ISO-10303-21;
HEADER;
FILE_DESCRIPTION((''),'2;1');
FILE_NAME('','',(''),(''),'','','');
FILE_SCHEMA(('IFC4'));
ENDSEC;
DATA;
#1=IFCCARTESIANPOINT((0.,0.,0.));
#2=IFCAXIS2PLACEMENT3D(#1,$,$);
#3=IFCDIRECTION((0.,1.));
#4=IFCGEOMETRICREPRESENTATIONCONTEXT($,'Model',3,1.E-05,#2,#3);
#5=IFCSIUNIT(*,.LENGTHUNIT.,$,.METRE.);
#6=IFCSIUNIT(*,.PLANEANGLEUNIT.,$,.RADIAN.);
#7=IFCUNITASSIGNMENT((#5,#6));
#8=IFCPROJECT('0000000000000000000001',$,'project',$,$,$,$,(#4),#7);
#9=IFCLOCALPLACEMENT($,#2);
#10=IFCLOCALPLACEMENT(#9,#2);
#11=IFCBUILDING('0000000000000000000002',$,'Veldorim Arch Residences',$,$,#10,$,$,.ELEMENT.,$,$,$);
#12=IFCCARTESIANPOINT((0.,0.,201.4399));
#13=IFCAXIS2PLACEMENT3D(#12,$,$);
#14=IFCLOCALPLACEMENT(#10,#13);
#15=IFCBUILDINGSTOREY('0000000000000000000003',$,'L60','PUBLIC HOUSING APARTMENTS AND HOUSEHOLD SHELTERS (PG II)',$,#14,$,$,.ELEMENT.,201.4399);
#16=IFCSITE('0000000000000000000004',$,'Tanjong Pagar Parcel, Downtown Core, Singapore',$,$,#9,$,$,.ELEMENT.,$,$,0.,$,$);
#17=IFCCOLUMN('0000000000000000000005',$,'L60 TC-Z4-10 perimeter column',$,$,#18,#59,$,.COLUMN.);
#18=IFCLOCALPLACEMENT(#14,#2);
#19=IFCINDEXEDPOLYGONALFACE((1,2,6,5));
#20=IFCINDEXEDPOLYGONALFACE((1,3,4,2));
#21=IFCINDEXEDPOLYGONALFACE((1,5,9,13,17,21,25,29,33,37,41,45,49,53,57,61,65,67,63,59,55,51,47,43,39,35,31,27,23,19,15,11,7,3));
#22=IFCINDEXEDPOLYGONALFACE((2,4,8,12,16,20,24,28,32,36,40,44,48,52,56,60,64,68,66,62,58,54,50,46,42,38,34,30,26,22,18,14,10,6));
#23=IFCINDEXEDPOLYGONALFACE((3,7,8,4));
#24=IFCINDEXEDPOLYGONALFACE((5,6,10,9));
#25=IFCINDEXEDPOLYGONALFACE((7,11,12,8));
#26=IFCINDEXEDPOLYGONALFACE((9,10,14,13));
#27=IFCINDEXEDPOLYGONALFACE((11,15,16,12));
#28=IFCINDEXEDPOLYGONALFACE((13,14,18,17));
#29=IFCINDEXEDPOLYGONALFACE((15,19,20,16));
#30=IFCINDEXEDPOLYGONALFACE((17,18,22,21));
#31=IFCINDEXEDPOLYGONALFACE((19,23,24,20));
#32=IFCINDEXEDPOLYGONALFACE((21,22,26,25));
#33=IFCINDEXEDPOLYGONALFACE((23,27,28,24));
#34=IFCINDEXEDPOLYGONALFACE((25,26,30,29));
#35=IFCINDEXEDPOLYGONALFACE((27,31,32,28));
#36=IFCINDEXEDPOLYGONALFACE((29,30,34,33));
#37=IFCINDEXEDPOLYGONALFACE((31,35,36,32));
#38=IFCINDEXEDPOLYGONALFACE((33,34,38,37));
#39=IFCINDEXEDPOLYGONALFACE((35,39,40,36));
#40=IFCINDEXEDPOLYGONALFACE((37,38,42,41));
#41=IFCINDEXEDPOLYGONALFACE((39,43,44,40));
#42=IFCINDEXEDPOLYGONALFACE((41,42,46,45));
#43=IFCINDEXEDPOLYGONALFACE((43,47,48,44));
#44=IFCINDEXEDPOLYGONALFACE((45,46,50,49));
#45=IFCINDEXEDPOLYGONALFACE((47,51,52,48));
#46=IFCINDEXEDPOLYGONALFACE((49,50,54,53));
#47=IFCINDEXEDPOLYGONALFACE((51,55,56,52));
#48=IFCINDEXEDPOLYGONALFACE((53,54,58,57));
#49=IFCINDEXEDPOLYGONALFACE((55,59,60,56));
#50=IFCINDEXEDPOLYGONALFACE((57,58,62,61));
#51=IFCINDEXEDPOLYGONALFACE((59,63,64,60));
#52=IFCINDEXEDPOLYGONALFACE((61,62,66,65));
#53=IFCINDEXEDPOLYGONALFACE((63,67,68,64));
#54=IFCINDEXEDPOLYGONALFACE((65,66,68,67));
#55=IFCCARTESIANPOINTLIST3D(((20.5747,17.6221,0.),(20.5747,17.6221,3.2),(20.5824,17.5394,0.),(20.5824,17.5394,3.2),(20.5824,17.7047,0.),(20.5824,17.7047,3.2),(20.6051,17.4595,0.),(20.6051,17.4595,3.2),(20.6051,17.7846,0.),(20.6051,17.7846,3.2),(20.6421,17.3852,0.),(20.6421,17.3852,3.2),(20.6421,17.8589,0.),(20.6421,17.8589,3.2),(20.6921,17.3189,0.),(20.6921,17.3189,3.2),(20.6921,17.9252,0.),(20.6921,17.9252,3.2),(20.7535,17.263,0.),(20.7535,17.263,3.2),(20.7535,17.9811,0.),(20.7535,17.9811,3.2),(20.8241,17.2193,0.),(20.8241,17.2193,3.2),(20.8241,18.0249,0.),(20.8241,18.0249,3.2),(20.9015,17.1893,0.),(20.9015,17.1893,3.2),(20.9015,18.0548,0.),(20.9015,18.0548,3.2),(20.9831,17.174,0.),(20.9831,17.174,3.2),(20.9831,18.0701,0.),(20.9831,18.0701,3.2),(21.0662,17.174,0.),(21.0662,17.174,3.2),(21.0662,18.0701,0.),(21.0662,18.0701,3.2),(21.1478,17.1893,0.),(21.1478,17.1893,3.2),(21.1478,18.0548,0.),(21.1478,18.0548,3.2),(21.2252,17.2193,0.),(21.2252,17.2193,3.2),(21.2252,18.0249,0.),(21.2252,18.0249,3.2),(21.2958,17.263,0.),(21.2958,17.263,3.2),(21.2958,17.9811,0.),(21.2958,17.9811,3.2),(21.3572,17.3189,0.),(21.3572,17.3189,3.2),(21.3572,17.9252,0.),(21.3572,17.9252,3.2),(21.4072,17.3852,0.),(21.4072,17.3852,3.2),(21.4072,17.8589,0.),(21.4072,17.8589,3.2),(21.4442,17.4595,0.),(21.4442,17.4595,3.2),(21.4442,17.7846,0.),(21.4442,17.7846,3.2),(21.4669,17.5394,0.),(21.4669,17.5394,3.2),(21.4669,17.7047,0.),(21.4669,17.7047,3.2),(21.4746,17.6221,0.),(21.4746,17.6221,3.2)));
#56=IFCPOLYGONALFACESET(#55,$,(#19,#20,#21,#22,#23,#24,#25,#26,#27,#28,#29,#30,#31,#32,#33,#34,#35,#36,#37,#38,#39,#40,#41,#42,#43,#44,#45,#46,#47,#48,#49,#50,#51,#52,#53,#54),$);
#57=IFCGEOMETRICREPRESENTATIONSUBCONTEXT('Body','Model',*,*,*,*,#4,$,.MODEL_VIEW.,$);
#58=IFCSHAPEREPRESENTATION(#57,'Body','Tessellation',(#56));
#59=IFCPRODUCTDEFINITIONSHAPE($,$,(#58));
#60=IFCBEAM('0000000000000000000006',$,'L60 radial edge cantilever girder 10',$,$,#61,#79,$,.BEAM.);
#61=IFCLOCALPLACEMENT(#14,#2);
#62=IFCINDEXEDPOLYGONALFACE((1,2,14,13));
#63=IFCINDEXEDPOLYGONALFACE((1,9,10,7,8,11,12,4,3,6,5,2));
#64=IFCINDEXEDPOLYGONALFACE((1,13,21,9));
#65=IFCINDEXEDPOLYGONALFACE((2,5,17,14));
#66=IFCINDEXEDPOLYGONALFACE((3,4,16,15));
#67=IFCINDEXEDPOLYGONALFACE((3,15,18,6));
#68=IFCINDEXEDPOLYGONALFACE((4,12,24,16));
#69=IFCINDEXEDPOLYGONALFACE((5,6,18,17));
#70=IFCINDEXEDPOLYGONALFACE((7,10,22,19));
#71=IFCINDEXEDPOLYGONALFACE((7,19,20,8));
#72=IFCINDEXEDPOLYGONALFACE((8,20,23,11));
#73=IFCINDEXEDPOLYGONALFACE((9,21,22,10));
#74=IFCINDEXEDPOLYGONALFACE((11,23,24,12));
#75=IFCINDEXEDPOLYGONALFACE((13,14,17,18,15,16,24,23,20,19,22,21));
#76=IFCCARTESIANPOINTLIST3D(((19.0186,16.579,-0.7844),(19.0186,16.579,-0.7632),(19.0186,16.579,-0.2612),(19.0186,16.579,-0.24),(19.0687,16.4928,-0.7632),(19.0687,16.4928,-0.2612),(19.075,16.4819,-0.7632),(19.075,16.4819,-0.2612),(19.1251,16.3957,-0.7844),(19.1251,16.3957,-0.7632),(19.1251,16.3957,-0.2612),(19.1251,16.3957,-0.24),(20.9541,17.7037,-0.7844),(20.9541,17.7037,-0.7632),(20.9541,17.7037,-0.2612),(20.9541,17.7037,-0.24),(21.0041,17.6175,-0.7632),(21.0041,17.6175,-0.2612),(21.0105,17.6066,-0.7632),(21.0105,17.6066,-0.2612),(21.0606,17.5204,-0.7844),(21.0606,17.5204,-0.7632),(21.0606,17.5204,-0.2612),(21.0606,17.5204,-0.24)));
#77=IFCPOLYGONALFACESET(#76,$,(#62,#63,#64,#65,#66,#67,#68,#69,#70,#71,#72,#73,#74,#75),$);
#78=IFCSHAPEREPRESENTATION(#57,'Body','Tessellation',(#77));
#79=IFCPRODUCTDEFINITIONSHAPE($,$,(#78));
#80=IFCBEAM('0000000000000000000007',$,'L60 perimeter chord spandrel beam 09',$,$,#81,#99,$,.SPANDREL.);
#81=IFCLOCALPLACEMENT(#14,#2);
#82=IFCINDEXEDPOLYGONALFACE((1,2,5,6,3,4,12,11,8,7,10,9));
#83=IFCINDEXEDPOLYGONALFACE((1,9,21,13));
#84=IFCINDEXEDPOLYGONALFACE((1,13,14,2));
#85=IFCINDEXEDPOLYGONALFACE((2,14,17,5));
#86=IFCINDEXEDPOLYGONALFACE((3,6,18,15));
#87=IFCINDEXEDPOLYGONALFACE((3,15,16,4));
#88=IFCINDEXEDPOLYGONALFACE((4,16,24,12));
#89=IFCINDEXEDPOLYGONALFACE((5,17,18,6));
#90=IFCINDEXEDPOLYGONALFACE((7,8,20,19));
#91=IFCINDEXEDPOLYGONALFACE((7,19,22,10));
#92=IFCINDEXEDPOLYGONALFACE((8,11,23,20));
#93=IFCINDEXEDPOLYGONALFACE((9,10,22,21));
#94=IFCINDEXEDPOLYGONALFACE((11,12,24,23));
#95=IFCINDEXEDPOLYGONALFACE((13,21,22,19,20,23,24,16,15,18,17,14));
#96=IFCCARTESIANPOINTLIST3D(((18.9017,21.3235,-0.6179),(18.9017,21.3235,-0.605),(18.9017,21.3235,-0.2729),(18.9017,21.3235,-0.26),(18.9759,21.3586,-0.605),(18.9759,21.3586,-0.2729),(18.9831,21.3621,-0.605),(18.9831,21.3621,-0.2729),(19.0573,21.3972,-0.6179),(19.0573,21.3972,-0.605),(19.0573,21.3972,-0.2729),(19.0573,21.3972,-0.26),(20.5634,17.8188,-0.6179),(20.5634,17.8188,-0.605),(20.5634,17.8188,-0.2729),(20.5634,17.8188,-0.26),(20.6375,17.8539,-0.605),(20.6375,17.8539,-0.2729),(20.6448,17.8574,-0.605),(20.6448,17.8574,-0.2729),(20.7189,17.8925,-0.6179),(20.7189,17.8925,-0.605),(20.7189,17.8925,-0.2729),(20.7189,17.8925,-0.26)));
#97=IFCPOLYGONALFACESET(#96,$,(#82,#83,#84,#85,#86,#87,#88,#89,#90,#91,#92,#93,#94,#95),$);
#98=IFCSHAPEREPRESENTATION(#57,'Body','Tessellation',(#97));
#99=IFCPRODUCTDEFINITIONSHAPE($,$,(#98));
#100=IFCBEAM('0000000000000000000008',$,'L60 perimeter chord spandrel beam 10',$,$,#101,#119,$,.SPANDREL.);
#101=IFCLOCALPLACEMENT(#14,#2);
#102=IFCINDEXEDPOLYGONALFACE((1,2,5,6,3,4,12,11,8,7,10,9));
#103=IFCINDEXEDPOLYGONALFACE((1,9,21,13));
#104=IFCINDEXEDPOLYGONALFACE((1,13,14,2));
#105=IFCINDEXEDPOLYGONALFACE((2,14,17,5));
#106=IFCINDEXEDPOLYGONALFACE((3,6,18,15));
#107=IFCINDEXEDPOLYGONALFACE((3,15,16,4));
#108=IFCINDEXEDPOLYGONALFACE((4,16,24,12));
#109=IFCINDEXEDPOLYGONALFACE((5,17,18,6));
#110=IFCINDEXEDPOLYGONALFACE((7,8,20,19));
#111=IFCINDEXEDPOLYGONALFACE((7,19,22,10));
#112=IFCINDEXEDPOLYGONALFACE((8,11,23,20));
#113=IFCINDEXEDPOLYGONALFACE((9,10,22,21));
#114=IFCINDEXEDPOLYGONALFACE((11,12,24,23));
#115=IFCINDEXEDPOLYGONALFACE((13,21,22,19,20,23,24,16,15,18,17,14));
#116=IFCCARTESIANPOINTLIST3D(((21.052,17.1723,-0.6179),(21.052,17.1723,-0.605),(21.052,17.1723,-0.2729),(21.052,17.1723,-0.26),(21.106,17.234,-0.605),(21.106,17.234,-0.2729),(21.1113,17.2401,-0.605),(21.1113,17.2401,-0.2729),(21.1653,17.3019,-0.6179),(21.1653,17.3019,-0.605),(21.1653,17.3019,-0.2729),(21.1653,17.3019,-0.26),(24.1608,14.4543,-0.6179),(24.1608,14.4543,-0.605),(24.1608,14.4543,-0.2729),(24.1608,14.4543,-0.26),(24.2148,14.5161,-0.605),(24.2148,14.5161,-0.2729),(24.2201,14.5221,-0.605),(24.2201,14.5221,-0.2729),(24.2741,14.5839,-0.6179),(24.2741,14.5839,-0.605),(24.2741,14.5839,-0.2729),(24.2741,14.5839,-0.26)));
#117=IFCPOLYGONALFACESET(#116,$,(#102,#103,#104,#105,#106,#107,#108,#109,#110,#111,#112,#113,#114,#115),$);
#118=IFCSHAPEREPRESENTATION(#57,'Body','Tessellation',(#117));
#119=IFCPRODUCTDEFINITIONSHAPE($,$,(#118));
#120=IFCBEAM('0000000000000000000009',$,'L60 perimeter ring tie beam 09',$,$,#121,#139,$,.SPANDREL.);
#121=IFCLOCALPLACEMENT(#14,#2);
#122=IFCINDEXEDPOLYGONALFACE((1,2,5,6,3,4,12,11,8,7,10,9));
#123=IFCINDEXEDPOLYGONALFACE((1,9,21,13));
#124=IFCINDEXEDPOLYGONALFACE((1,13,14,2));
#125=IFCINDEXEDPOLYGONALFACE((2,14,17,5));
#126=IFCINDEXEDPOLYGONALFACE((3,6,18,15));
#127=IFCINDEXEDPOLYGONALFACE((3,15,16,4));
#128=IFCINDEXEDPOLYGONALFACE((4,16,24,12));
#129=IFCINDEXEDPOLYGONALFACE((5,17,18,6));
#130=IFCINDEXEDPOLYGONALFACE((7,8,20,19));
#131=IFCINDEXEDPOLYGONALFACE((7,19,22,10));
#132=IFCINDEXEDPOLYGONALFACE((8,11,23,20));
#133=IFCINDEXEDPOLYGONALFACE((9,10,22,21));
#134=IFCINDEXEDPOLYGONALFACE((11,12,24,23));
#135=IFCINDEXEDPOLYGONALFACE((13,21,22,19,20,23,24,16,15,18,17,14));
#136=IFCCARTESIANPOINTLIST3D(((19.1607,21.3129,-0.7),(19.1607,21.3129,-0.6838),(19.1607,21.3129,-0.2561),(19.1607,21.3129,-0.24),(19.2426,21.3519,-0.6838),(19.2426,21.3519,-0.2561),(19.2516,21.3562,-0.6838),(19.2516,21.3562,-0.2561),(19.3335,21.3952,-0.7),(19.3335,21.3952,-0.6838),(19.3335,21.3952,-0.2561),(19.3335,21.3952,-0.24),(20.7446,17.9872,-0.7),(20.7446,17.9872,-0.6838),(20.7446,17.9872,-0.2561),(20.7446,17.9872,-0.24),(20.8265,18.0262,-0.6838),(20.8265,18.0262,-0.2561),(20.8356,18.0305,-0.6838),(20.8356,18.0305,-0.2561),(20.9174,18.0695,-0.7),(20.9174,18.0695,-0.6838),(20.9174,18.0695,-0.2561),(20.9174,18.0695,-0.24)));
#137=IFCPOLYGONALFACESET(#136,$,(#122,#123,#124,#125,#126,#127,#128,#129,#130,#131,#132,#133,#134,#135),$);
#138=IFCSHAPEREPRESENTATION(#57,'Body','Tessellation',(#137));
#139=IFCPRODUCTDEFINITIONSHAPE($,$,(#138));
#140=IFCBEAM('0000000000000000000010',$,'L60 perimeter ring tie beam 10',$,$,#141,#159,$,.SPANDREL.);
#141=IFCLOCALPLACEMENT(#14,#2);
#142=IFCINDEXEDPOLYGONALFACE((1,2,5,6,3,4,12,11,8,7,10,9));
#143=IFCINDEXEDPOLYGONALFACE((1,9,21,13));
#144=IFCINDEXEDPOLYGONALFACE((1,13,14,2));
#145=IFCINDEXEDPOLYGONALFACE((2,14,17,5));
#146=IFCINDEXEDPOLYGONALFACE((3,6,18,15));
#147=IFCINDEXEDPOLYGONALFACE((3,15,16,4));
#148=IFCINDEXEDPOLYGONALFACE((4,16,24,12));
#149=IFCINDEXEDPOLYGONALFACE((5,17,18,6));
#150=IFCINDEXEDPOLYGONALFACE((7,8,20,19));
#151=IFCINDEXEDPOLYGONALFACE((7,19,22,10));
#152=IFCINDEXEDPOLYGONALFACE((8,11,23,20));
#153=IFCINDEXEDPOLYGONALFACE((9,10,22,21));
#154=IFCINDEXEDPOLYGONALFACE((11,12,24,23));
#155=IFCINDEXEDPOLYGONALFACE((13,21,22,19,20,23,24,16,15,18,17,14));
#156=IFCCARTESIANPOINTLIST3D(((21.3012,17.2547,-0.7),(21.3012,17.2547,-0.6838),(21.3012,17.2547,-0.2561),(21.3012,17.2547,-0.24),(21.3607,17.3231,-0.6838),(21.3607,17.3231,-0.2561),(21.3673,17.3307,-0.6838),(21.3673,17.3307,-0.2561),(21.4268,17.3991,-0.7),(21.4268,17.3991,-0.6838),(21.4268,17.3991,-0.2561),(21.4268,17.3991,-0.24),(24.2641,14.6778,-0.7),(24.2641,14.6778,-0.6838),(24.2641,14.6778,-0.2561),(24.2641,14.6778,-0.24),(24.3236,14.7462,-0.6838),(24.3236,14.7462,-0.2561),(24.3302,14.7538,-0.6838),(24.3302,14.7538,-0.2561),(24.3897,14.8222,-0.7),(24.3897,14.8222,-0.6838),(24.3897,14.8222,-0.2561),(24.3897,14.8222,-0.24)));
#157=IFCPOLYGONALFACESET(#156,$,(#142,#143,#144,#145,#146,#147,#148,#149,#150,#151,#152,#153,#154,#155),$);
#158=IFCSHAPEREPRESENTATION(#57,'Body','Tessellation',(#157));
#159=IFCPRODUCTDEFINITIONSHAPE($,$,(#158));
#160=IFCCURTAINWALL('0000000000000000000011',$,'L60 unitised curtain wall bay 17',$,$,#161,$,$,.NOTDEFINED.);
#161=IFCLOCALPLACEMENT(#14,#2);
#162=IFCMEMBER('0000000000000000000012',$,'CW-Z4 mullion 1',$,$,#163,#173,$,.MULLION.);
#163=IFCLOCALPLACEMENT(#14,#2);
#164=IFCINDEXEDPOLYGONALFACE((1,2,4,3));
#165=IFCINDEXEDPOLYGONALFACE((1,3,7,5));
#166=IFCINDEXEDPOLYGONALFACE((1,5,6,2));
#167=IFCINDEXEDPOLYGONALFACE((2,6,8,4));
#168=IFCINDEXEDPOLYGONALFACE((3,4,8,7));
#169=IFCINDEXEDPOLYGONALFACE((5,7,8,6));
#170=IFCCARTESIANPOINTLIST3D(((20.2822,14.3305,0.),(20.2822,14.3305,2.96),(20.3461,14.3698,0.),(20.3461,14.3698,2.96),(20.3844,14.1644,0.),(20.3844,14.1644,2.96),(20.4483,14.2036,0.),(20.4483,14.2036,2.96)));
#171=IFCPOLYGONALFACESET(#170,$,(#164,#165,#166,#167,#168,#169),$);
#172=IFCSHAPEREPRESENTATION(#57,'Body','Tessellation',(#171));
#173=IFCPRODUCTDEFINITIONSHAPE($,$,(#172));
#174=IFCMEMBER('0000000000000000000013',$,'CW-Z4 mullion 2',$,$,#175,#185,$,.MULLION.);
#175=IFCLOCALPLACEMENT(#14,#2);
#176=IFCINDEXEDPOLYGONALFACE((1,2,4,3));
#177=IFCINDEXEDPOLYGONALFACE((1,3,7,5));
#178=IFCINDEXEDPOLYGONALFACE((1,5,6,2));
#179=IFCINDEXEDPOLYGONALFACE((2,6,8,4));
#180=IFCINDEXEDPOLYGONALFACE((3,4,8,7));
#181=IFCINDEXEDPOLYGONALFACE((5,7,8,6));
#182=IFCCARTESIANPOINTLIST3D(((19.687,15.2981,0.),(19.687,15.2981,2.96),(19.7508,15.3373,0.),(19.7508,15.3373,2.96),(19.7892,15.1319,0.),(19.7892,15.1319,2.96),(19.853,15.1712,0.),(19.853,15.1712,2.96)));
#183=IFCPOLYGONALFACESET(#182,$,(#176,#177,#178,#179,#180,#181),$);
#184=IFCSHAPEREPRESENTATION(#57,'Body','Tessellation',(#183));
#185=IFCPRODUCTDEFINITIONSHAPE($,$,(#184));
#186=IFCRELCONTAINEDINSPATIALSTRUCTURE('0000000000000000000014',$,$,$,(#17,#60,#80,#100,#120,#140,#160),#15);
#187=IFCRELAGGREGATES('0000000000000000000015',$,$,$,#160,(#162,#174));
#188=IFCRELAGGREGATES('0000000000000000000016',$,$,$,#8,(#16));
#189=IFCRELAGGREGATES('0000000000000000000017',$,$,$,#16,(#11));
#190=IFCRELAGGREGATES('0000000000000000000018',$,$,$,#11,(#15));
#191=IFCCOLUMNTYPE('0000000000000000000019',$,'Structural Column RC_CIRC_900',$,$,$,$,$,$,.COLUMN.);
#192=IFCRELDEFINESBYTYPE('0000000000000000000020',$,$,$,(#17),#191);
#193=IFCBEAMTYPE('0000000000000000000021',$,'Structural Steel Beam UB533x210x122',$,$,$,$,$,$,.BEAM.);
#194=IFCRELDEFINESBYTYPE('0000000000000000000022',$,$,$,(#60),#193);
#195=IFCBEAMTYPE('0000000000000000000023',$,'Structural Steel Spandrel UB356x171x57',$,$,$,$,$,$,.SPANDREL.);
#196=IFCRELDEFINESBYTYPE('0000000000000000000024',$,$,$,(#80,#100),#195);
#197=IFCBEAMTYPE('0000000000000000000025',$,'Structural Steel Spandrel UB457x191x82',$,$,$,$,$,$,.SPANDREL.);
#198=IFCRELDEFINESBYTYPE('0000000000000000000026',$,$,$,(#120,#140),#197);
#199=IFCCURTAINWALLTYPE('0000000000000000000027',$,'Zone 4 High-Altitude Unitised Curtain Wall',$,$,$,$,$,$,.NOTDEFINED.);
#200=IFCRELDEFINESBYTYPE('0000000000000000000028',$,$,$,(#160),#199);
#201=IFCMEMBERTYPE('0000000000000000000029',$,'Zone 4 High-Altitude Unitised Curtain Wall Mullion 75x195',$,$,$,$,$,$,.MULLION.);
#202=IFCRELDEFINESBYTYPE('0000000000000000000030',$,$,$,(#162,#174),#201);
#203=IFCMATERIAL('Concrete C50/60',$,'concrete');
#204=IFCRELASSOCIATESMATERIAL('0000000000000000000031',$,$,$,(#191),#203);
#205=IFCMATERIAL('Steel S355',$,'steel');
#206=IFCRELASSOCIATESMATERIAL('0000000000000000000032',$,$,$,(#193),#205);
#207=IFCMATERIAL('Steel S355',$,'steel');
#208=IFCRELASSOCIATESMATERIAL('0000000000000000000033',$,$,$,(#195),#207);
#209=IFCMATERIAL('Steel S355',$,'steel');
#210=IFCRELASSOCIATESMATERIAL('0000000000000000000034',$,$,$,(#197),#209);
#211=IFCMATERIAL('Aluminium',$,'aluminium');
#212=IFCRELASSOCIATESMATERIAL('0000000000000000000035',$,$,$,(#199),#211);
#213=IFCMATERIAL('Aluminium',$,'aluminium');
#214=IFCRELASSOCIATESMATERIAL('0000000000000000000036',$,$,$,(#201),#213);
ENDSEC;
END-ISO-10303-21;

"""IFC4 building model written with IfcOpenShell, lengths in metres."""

from ifc_helpers import new_model, si_unit, direction, frame, origin, origin_2d, place, context, subcontext, project, spatial, rectangle, circle, i_section, extrude, material, material_profile, profile_set, type_object, element, aggregate, save


model = new_model("IFC4")

# Units and contexts
model_context = context("Model", 3, precision=1e-05, world=origin(), true_north=direction((0.0, 1.0)))
body_context = subcontext(model_context, "Body", "Model", "MODEL_VIEW")
ifc_project = project(units=[si_unit("LENGTHUNIT", "METRE"), si_unit("PLANEANGLEUNIT", "RADIAN")], contexts=[model_context])

# Site, building, storey
site_placement = place(None, origin())
site = spatial("IfcSite", under=ifc_project, at=site_placement, Name="Tanjong Pagar Parcel, Downtown Core, Singapore", CompositionType="ELEMENT", RefElevation=0.0)
building_placement = place(site_placement, origin())
building = spatial("IfcBuilding", under=site, at=building_placement, Name="Veldorim Arch Residences", CompositionType="ELEMENT")
storey_placement = place(building_placement, frame((0.0, 0.0, 201.4399)))
storey = spatial("IfcBuildingStorey", under=building, at=storey_placement, Name="L60", Description="PUBLIC HOUSING APARTMENTS AND HOUSEHOLD SHELTERS (PG II)", CompositionType="ELEMENT", Elevation=201.4399)

# Column
ifc_material_1 = material(Name="Concrete C50/60", Category="concrete")
ifc_material_profile_1 = material_profile(ifc_material_1, circle(Radius=0.45, at=origin_2d()), Name="RC_CIRC_900")
ifc_profile_set_1 = profile_set([ifc_material_profile_1], Name="Concrete C50/60")
column_type = type_object("IfcColumnType", Name="Structural Column RC_CIRC_900", PredefinedType="COLUMN", material=ifc_profile_set_1)
column_placement = place(storey_placement, frame((21.0247, 17.6221, 0.0), z_axis=(0.0, 0.0, 1.0), x_axis=(1.0, 0.0, 0.0)))
element("IfcColumn", 1, at=column_placement, inside=storey, type_object=column_type, Name="L60 TC-Z4-10 perimeter column", PredefinedType="COLUMN", context=body_context, shape_type="SweptSolid", body=[
    extrude(circle(Radius=0.45, at=origin_2d()), origin(), (0.0, 0.0, 1.0), 3.2),
])

# Beams
ifc_material_2 = material(Name="Steel S355", Category="steel")
ifc_material_profile_2 = material_profile(ifc_material_2, i_section(OverallWidth=0.2119, OverallDepth=0.5444, WebThickness=0.0127, FlangeThickness=0.0212, at=origin_2d()), Name="UB533x210x122")
ifc_profile_set_2 = profile_set([ifc_material_profile_2], Name="Steel S355")
beam_type_1 = type_object("IfcBeamType", Name="Structural Steel Beam UB533x210x122", PredefinedType="BEAM", material=ifc_profile_set_2)
beam_1_placement = place(storey_placement, frame((21.0073, 17.6121, -0.5122), z_axis=(-0.864616, -0.502433, 0.0), x_axis=(0.502433, -0.864616, 0.0)))
element("IfcBeam", 2, at=beam_1_placement, inside=storey, type_object=beam_type_1, Name="L60 radial edge cantilever girder 10", PredefinedType="BEAM", context=body_context, shape_type="SweptSolid", body=[
    extrude(i_section(OverallWidth=0.2119, OverallDepth=0.5444, WebThickness=0.0127, FlangeThickness=0.0212, at=origin_2d()), origin(), (0.0, 0.0, 1.0), 2.2385),
])
ifc_material_3 = material(Name="Steel S355", Category="steel")
ifc_material_profile_3 = material_profile(ifc_material_3, i_section(OverallWidth=0.1721, OverallDepth=0.3579, WebThickness=0.0081, FlangeThickness=0.0129, at=origin_2d()), Name="UB356x171x57")
ifc_profile_set_3 = profile_set([ifc_material_profile_3], Name="Steel S355")
beam_type_2 = type_object("IfcBeamType", Name="Structural Steel Spandrel UB356x171x57", PredefinedType="SPANDREL", material=ifc_profile_set_3)
beam_2_placement = place(storey_placement, frame((18.9795, 21.3604, -0.439), z_axis=(0.428408, -0.903585, 0.0), x_axis=(0.903585, 0.428408, 0.0)))
element("IfcBeam", 3, at=beam_2_placement, inside=storey, type_object=beam_type_2, Name="L60 perimeter chord spandrel beam 09", PredefinedType="SPANDREL", context=body_context, shape_type="SweptSolid", body=[
    extrude(i_section(OverallWidth=0.1721, OverallDepth=0.3579, WebThickness=0.0081, FlangeThickness=0.0129, at=origin_2d()), origin(), (0.0, 0.0, 1.0), 3.8787),
])
beam_3_placement = place(storey_placement, frame((21.1086, 17.2371, -0.439), z_axis=(0.752848, -0.658195, 0.0), x_axis=(0.658195, 0.752848, 0.0)))
element("IfcBeam", 4, at=beam_3_placement, inside=storey, type_object=beam_type_2, Name="L60 perimeter chord spandrel beam 10", PredefinedType="SPANDREL", context=body_context, shape_type="SweptSolid", body=[
    extrude(i_section(OverallWidth=0.1721, OverallDepth=0.3579, WebThickness=0.0081, FlangeThickness=0.0129, at=origin_2d()), origin(), (0.0, 0.0, 1.0), 4.1294),
])
ifc_material_4 = material(Name="Steel S355", Category="steel")
ifc_material_profile_4 = material_profile(ifc_material_4, i_section(OverallWidth=0.1914, OverallDepth=0.46, WebThickness=0.01, FlangeThickness=0.0161, at=origin_2d()), Name="UB457x191x82")
ifc_profile_set_4 = profile_set([ifc_material_profile_4], Name="Steel S355")
beam_type_3 = type_object("IfcBeamType", Name="Structural Steel Spandrel UB457x191x82", PredefinedType="SPANDREL", material=ifc_profile_set_4)
beam_4_placement = place(storey_placement, frame((19.2471, 21.354, -0.47), z_axis=(0.430006, -0.902826, 0.0), x_axis=(0.902826, 0.430006, 0.0)))
element("IfcBeam", 5, at=beam_4_placement, inside=storey, type_object=beam_type_3, Name="L60 perimeter ring tie beam 09", PredefinedType="SPANDREL", context=body_context, shape_type="SweptSolid", body=[
    extrude(i_section(OverallWidth=0.1914, OverallDepth=0.46, WebThickness=0.01, FlangeThickness=0.0161, at=origin_2d()), origin(), (0.0, 0.0, 1.0), 3.6836),
])
beam_5_placement = place(storey_placement, frame((21.364, 17.3269, -0.47), z_axis=(0.754545, -0.656248, 0.0), x_axis=(0.656248, 0.754545, 0.0)))
element("IfcBeam", 6, at=beam_5_placement, inside=storey, type_object=beam_type_3, Name="L60 perimeter ring tie beam 10", PredefinedType="SPANDREL", context=body_context, shape_type="SweptSolid", body=[
    extrude(i_section(OverallWidth=0.1914, OverallDepth=0.46, WebThickness=0.01, FlangeThickness=0.0161, at=origin_2d()), origin(), (0.0, 0.0, 1.0), 3.9268),
])

# Curtain wall, members
ifc_material_5 = material(Name="Aluminium", Category="aluminium")
curtain_wall_type = type_object("IfcCurtainWallType", Name="Zone 4 High-Altitude Unitised Curtain Wall", PredefinedType="NOTDEFINED", material=ifc_material_5)
curtain_wall_placement = place(storey_placement, origin())
curtain_wall = element("IfcCurtainWall", 7, at=curtain_wall_placement, inside=storey, type_object=curtain_wall_type, Name="L60 unitised curtain wall bay 17", PredefinedType="NOTDEFINED")
ifc_material_6 = material(Name="Aluminium", Category="aluminium")
ifc_material_profile_5 = material_profile(ifc_material_6, rectangle(XDim=0.075, YDim=0.1951, at=origin_2d()), Name="ALU_MUL_75x195")
ifc_profile_set_5 = profile_set([ifc_material_profile_5], Name="Aluminium")
member_type_1 = type_object("IfcMemberType", Name="Zone 4 High-Altitude Unitised Curtain Wall Mullion 75x195", PredefinedType="MULLION", material=ifc_profile_set_5)
member_1_placement = place(storey_placement, frame((20.3652, 14.2671, 0.0), z_axis=(0.0, 0.0, 1.0), x_axis=(-0.851802, -0.523864, 0.0)))
member_1 = element("IfcMember", 8, at=member_1_placement, type_object=member_type_1, Name="CW-Z4 mullion 1", PredefinedType="MULLION", context=body_context, shape_type="SweptSolid", body=[
    extrude(rectangle(XDim=0.075, YDim=0.1951, at=origin_2d()), origin(), (0.0, 0.0, 1.0), 2.96),
])
member_2_placement = place(storey_placement, frame((19.77, 15.2346, 0.0), z_axis=(0.0, 0.0, 1.0), x_axis=(-0.851802, -0.523864, 0.0)))
member_2 = element("IfcMember", 9, at=member_2_placement, type_object=member_type_1, Name="CW-Z4 mullion 2", PredefinedType="MULLION", context=body_context, shape_type="SweptSolid", body=[
    extrude(rectangle(XDim=0.075, YDim=0.1951, at=origin_2d()), origin(), (0.0, 0.0, 1.0), 2.96),
])

aggregate(curtain_wall, [member_1, member_2])

save(model, "model.ifc")
